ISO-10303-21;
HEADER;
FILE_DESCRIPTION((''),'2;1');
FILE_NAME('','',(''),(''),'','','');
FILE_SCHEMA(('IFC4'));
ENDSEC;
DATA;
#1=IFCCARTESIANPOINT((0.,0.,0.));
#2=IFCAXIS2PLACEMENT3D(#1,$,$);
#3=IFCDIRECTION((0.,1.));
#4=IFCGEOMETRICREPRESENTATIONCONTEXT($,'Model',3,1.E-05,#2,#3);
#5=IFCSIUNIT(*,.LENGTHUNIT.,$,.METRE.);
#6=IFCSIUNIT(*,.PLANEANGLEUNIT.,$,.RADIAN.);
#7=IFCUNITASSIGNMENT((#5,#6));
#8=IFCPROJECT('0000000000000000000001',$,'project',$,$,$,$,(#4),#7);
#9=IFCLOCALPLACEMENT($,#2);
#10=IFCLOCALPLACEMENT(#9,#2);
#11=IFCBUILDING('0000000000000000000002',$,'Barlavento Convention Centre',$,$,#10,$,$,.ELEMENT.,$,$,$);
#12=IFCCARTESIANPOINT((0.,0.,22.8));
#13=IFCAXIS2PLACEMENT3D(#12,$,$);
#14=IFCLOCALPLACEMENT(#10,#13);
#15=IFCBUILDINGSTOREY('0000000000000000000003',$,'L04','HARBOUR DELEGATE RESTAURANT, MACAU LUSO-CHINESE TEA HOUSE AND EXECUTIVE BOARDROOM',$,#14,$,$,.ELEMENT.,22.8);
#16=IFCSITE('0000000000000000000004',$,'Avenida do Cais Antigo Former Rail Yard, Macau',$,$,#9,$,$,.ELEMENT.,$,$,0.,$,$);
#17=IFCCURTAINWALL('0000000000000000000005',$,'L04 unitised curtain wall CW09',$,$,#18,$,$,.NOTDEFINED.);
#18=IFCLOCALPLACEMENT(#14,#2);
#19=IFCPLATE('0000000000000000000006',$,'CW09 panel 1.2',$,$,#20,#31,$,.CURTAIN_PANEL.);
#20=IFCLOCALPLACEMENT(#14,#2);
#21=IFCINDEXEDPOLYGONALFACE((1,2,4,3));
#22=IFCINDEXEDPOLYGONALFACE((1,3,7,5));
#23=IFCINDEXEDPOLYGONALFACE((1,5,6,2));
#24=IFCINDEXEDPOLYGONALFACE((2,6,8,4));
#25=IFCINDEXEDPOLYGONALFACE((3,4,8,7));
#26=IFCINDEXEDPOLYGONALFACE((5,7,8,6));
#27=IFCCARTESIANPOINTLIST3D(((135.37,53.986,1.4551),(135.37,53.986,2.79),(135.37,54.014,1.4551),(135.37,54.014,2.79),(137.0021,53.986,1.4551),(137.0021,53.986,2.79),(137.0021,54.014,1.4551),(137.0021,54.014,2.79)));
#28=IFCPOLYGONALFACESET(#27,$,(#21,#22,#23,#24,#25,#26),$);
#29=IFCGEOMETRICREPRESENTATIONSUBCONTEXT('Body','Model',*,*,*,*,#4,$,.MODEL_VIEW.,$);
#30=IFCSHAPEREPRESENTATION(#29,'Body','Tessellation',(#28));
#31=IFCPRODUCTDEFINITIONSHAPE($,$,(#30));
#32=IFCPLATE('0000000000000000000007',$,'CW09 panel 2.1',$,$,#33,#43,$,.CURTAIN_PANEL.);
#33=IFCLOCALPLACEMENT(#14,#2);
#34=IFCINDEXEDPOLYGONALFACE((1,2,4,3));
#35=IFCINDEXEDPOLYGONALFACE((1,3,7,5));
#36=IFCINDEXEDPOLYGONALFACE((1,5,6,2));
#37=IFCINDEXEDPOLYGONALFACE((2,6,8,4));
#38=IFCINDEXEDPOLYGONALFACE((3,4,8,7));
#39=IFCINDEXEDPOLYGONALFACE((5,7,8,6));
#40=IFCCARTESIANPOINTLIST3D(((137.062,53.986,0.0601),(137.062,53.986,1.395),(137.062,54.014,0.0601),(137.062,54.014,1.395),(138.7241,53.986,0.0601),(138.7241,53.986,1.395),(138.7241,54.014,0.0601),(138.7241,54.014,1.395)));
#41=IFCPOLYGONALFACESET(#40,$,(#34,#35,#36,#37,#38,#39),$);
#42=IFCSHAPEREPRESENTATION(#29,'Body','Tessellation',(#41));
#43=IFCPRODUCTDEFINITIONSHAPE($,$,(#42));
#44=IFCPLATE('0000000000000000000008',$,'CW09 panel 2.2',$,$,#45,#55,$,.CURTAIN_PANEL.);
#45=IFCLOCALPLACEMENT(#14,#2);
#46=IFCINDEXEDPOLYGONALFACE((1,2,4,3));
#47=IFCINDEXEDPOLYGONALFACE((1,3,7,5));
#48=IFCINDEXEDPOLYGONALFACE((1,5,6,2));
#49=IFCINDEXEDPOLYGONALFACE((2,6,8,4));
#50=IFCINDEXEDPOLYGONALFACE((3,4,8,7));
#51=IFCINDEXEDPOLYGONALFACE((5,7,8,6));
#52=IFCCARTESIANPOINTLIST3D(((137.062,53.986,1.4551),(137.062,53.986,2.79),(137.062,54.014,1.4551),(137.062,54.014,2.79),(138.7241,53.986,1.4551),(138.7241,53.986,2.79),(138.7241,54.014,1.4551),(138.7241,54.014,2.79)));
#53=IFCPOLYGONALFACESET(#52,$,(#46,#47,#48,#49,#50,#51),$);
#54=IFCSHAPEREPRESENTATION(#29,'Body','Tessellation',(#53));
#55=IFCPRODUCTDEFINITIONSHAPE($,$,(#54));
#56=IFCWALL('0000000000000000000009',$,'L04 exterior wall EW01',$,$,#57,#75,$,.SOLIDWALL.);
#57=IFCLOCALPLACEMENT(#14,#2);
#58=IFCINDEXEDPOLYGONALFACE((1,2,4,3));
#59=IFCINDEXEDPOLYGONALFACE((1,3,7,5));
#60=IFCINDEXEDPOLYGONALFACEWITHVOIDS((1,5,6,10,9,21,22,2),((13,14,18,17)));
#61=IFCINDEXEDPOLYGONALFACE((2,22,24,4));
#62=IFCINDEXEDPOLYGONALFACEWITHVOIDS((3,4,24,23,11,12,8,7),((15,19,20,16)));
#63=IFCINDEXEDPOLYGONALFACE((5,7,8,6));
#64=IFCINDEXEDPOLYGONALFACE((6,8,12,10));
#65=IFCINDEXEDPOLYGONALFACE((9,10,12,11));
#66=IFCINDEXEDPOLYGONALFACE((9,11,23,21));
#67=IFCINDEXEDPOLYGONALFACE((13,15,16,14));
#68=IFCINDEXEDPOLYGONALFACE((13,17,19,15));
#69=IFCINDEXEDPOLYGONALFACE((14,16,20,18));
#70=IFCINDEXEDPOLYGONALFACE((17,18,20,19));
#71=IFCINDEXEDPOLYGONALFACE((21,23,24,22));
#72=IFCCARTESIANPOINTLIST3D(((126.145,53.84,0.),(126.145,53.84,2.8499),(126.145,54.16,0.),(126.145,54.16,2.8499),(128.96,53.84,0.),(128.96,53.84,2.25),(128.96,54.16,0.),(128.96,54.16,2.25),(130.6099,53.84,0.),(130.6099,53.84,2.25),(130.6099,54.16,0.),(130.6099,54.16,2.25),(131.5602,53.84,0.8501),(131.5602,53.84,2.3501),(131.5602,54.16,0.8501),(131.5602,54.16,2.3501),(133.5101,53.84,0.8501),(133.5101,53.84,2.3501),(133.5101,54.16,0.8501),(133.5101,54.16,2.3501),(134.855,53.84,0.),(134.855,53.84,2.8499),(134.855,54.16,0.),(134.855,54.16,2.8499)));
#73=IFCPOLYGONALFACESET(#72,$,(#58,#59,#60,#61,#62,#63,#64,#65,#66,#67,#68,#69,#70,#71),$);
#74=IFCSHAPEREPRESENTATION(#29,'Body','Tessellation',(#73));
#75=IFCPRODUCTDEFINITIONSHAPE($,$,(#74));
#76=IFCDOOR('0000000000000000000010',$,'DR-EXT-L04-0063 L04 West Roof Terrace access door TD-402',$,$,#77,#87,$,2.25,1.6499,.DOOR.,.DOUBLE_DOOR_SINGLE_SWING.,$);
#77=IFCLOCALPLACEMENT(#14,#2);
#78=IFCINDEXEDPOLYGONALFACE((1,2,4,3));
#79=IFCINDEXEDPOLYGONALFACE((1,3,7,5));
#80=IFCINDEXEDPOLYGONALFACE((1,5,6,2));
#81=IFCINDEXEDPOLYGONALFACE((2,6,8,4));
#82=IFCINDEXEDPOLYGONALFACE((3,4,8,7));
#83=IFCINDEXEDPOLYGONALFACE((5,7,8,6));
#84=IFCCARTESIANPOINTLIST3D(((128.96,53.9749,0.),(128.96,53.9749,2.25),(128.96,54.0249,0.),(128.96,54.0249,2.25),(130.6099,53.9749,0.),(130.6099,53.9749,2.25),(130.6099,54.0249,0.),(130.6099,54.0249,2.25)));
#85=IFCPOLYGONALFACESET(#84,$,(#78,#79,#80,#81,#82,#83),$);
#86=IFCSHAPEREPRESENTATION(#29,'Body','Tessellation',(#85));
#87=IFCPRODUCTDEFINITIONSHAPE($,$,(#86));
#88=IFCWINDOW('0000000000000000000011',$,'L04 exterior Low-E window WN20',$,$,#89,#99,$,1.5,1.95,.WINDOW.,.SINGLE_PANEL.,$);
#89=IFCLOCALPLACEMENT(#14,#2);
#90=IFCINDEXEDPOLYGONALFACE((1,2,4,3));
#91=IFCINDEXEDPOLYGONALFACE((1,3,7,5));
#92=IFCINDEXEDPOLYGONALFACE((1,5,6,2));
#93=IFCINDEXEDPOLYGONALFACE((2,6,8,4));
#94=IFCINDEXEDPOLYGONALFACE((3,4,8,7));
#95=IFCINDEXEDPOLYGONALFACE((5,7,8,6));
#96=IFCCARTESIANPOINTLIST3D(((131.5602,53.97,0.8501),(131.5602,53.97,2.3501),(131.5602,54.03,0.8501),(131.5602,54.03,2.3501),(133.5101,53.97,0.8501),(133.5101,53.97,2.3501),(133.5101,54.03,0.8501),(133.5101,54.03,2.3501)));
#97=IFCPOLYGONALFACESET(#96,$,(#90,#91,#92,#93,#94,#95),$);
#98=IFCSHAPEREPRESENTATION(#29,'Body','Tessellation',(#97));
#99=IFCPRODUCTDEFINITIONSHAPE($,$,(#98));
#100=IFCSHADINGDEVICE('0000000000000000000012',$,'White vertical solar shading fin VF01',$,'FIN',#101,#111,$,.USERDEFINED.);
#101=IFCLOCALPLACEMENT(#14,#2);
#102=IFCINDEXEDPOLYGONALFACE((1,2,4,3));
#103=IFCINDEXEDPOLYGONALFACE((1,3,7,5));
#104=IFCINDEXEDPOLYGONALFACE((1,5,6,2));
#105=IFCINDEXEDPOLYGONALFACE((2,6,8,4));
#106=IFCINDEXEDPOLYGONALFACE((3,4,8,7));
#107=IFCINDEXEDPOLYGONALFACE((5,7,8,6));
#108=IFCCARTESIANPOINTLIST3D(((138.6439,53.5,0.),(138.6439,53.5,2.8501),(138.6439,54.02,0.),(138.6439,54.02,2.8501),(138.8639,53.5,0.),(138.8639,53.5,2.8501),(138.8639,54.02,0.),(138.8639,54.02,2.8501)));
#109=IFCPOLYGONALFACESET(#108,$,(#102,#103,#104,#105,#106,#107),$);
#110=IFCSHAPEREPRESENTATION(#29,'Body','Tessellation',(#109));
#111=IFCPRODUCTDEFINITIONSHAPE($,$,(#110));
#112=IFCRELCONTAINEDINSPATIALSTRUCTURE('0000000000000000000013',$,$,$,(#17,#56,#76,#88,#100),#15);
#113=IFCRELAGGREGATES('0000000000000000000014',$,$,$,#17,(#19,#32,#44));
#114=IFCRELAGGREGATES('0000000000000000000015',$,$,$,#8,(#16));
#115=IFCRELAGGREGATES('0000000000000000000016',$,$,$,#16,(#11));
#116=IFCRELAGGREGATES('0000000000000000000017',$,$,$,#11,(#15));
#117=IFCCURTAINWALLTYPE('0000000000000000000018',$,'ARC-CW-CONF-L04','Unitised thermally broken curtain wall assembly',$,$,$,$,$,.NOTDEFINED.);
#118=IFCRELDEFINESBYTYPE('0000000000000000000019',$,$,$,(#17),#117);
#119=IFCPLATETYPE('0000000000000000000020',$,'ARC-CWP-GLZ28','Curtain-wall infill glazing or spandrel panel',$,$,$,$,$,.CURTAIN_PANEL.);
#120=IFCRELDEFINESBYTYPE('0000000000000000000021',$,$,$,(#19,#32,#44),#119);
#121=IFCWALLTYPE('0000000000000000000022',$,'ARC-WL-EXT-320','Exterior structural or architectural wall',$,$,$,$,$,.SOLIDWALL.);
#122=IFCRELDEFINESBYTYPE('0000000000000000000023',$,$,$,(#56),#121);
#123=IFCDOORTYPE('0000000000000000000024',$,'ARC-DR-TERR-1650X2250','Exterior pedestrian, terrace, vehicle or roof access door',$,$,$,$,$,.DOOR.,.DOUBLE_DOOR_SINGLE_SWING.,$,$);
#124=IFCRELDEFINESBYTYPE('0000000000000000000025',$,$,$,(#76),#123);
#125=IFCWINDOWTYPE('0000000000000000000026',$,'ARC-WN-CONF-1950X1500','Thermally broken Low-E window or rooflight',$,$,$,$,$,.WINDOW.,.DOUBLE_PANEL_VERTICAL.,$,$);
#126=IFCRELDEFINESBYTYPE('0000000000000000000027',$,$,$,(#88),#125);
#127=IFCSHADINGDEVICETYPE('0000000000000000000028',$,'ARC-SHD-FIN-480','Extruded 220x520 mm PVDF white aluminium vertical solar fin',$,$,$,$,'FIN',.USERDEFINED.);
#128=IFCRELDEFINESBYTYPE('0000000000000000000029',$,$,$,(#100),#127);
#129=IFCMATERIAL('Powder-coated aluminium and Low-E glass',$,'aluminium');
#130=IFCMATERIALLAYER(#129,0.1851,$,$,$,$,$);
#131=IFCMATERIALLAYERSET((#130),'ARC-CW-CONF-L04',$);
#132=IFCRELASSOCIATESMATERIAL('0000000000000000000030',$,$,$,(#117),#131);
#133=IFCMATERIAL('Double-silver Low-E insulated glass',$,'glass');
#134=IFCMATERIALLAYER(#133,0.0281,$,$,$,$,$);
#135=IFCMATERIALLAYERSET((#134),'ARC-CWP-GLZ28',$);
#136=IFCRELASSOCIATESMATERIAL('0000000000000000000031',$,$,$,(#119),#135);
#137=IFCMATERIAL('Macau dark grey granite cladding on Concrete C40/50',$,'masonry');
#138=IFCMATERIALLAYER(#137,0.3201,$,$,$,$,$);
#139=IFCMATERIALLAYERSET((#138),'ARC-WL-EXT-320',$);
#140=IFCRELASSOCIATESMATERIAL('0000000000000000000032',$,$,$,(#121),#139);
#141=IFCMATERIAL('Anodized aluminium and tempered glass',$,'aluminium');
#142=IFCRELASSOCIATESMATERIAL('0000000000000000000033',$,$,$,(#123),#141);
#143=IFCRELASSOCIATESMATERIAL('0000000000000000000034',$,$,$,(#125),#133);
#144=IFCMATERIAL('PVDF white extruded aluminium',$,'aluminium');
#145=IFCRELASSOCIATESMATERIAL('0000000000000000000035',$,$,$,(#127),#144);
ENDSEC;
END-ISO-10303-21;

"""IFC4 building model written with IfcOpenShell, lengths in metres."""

from ifc_helpers import new_model, si_unit, direction, frame, frame_2d, origin, origin_2d, place, context, subcontext, project, spatial, rectangle, extrude, material, layer, layer_set, type_object, element, fill, aggregate, save


model = new_model("IFC4")

# Units and contexts
model_context = context("Model", 3, precision=1e-05, world=origin(), true_north=direction((0.0, 1.0)))
body_context = subcontext(model_context, "Body", "Model", "MODEL_VIEW")
ifc_project = project(units=[si_unit("LENGTHUNIT", "METRE"), si_unit("PLANEANGLEUNIT", "RADIAN")], contexts=[model_context])

# Site, building, storey
site_placement = place(None, origin())
site = spatial("IfcSite", under=ifc_project, at=site_placement, Name="Avenida do Cais Antigo Former Rail Yard, Macau", CompositionType="ELEMENT", RefElevation=0.0)
building_placement = place(site_placement, origin())
building = spatial("IfcBuilding", under=site, at=building_placement, Name="Barlavento Convention Centre", CompositionType="ELEMENT")
storey_placement = place(building_placement, frame((0.0, 0.0, 22.8)))
storey = spatial("IfcBuildingStorey", under=building, at=storey_placement, Name="L04", Description="HARBOUR DELEGATE RESTAURANT, MACAU LUSO-CHINESE TEA HOUSE AND EXECUTIVE BOARDROOM", CompositionType="ELEMENT", Elevation=22.8)

# Curtain wall
ifc_material_1 = material(Name="Powder-coated aluminium and Low-E glass", Category="aluminium")
ifc_layer_1 = layer(ifc_material_1, 0.1851)
ifc_layer_set_1 = layer_set([ifc_layer_1], Name="ARC-CW-CONF-L04")
curtain_wall_type = type_object("IfcCurtainWallType", Name="ARC-CW-CONF-L04", Description="Unitised thermally broken curtain wall assembly", PredefinedType="NOTDEFINED", material=ifc_layer_set_1)
curtain_wall_placement = place(storey_placement, origin())
curtain_wall = element("IfcCurtainWall", 1, at=curtain_wall_placement, inside=storey, type_object=curtain_wall_type, Name="L04 unitised curtain wall CW09", PredefinedType="NOTDEFINED")

# Plates
ifc_material_2 = material(Name="Double-silver Low-E insulated glass", Category="glass")
ifc_layer_2 = layer(ifc_material_2, 0.0281)
ifc_layer_set_2 = layer_set([ifc_layer_2], Name="ARC-CWP-GLZ28")
plate_type = type_object("IfcPlateType", Name="ARC-CWP-GLZ28", Description="Curtain-wall infill glazing or spandrel panel", PredefinedType="CURTAIN_PANEL", material=ifc_layer_set_2)
plate_1_placement = place(storey_placement, frame((136.186, 54.0, 1.4551), z_axis=(0.0, 0.0, 1.0), x_axis=(1.0, 0.0, 0.0)))
plate_1 = element("IfcPlate", 2, at=plate_1_placement, type_object=plate_type, Name="CW09 panel 1.2", PredefinedType="CURTAIN_PANEL", context=body_context, shape_type="SweptSolid", body=[
    extrude(rectangle(XDim=1.6321, YDim=0.0281, at=origin_2d()), origin(), (0.0, 0.0, 1.0), 1.335),
])
plate_2_placement = place(storey_placement, frame((137.8931, 54.0, 0.0601), z_axis=(0.0, 0.0, 1.0), x_axis=(1.0, 0.0, 0.0)))
plate_2 = element("IfcPlate", 3, at=plate_2_placement, type_object=plate_type, Name="CW09 panel 2.1", PredefinedType="CURTAIN_PANEL", context=body_context, shape_type="SweptSolid", body=[
    extrude(rectangle(XDim=1.6621, YDim=0.0281, at=origin_2d()), origin(), (0.0, 0.0, 1.0), 1.335),
])
plate_3_placement = place(storey_placement, frame((137.8931, 54.0, 1.4551), z_axis=(0.0, 0.0, 1.0), x_axis=(1.0, 0.0, 0.0)))
plate_3 = element("IfcPlate", 4, at=plate_3_placement, type_object=plate_type, Name="CW09 panel 2.2", PredefinedType="CURTAIN_PANEL", context=body_context, shape_type="SweptSolid", body=[
    extrude(rectangle(XDim=1.6621, YDim=0.0281, at=origin_2d()), origin(), (0.0, 0.0, 1.0), 1.335),
])
aggregate(curtain_wall, [plate_1, plate_2, plate_3])

# Wall, openings, door, window
ifc_material_3 = material(Name="Macau dark grey granite cladding on Concrete C40/50", Category="masonry")
ifc_layer_3 = layer(ifc_material_3, 0.3201)
ifc_layer_set_3 = layer_set([ifc_layer_3], Name="ARC-WL-EXT-320")
wall_type = type_object("IfcWallType", Name="ARC-WL-EXT-320", Description="Exterior structural or architectural wall", PredefinedType="SOLIDWALL", material=ifc_layer_set_3)
wall_placement = place(storey_placement, frame((126.145, 54.0, 0.0), z_axis=(0.0, 0.0, 1.0), x_axis=(1.0, 0.0, 0.0)))
wall = element("IfcWall", 5, at=wall_placement, inside=storey, type_object=wall_type, Name="L04 exterior wall EW01", PredefinedType="SOLIDWALL", context=body_context, shape_type="SweptSolid", body=[
    extrude(rectangle(XDim=8.71, YDim=0.3201, at=frame_2d((4.355, 0.0))), origin(), (0.0, 0.0, 1.0), 2.8499),
])
opening_1_placement = place(wall_placement, frame((2.8149, 0.0, 0.0)))
opening_1 = element("IfcOpeningElement", 6, at=opening_1_placement, cuts=wall, PredefinedType="OPENING", context=body_context, shape_type="SweptSolid", body=[
    extrude(rectangle(XDim=1.6499, YDim=2.25, at=frame_2d((0.825, 1.125))), frame((0.0, 0.1699, 0.0), z_axis=(0.0, -1.0, 0.0), x_axis=(1.0, 0.0, 0.0)), (0.0, 0.0, 1.0), 0.3401),
])
opening_2_placement = place(wall_placement, frame((5.415, 0.0, 0.8501)))
opening_2 = element("IfcOpeningElement", 7, at=opening_2_placement, cuts=wall, PredefinedType="OPENING", context=body_context, shape_type="SweptSolid", body=[
    extrude(rectangle(XDim=1.95, YDim=1.5, at=frame_2d((0.9751, 0.75))), frame((0.0, 0.1699, 0.0), z_axis=(0.0, -1.0, 0.0), x_axis=(1.0, 0.0, 0.0)), (0.0, 0.0, 1.0), 0.3401),
])
ifc_material_4 = material(Name="Anodized aluminium and tempered glass", Category="aluminium")
door_type = type_object("IfcDoorType", Name="ARC-DR-TERR-1650X2250", Description="Exterior pedestrian, terrace, vehicle or roof access door", OperationType="DOUBLE_DOOR_SINGLE_SWING", PredefinedType="DOOR", material=ifc_material_4)
door_placement = place(opening_1_placement, origin())
door = element("IfcDoor", 8, at=door_placement, inside=storey, type_object=door_type, Name="DR-EXT-L04-0063 L04 West Roof Terrace access door TD-402", OperationType="DOUBLE_DOOR_SINGLE_SWING", OverallHeight=2.25, OverallWidth=1.6499, PredefinedType="DOOR", context=body_context, shape_type="SweptSolid", body=[
    extrude(rectangle(XDim=1.6499, YDim=2.25, at=frame_2d((0.825, 1.125))), frame((0.0, 0.0249, 0.0), z_axis=(0.0, -1.0, 0.0), x_axis=(1.0, 0.0, 0.0)), (0.0, 0.0, 1.0), 0.05),
])
fill(opening_1, door)
window_type = type_object("IfcWindowType", Name="ARC-WN-CONF-1950X1500", Description="Thermally broken Low-E window or rooflight", PartitioningType="DOUBLE_PANEL_VERTICAL", PredefinedType="WINDOW", material=ifc_material_2)
window_placement = place(opening_2_placement, origin())
window = element("IfcWindow", 9, at=window_placement, inside=storey, type_object=window_type, Name="L04 exterior Low-E window WN20", OverallHeight=1.5, OverallWidth=1.95, PartitioningType="SINGLE_PANEL", PredefinedType="WINDOW", context=body_context, shape_type="SweptSolid", body=[
    extrude(rectangle(XDim=1.95, YDim=1.5, at=frame_2d((0.9751, 0.75))), frame((0.0, 0.03, 0.0), z_axis=(0.0, -1.0, 0.0), x_axis=(1.0, 0.0, 0.0)), (0.0, 0.0, 1.0), 0.0601),
])
fill(opening_2, window)

# Shading device
ifc_material_5 = material(Name="PVDF white extruded aluminium", Category="aluminium")
shading_device_type = type_object("IfcShadingDeviceType", Name="ARC-SHD-FIN-480", Description="Extruded 220x520 mm PVDF white aluminium vertical solar fin", ElementType="FIN", PredefinedType="USERDEFINED", material=ifc_material_5)
shading_device_placement = place(storey_placement, frame((138.7539, 53.76, 0.0), z_axis=(0.0, 0.0, 1.0), x_axis=(1.0, 0.0, 0.0)))
element("IfcShadingDevice", 10, at=shading_device_placement, inside=storey, type_object=shading_device_type, Name="White vertical solar shading fin VF01", ObjectType="FIN", PredefinedType="USERDEFINED", context=body_context, shape_type="SweptSolid", body=[
    extrude(rectangle(XDim=0.22, YDim=0.52, at=origin_2d()), origin(), (0.0, 0.0, 1.0), 2.8501),
])

save(model, "model.ifc")
